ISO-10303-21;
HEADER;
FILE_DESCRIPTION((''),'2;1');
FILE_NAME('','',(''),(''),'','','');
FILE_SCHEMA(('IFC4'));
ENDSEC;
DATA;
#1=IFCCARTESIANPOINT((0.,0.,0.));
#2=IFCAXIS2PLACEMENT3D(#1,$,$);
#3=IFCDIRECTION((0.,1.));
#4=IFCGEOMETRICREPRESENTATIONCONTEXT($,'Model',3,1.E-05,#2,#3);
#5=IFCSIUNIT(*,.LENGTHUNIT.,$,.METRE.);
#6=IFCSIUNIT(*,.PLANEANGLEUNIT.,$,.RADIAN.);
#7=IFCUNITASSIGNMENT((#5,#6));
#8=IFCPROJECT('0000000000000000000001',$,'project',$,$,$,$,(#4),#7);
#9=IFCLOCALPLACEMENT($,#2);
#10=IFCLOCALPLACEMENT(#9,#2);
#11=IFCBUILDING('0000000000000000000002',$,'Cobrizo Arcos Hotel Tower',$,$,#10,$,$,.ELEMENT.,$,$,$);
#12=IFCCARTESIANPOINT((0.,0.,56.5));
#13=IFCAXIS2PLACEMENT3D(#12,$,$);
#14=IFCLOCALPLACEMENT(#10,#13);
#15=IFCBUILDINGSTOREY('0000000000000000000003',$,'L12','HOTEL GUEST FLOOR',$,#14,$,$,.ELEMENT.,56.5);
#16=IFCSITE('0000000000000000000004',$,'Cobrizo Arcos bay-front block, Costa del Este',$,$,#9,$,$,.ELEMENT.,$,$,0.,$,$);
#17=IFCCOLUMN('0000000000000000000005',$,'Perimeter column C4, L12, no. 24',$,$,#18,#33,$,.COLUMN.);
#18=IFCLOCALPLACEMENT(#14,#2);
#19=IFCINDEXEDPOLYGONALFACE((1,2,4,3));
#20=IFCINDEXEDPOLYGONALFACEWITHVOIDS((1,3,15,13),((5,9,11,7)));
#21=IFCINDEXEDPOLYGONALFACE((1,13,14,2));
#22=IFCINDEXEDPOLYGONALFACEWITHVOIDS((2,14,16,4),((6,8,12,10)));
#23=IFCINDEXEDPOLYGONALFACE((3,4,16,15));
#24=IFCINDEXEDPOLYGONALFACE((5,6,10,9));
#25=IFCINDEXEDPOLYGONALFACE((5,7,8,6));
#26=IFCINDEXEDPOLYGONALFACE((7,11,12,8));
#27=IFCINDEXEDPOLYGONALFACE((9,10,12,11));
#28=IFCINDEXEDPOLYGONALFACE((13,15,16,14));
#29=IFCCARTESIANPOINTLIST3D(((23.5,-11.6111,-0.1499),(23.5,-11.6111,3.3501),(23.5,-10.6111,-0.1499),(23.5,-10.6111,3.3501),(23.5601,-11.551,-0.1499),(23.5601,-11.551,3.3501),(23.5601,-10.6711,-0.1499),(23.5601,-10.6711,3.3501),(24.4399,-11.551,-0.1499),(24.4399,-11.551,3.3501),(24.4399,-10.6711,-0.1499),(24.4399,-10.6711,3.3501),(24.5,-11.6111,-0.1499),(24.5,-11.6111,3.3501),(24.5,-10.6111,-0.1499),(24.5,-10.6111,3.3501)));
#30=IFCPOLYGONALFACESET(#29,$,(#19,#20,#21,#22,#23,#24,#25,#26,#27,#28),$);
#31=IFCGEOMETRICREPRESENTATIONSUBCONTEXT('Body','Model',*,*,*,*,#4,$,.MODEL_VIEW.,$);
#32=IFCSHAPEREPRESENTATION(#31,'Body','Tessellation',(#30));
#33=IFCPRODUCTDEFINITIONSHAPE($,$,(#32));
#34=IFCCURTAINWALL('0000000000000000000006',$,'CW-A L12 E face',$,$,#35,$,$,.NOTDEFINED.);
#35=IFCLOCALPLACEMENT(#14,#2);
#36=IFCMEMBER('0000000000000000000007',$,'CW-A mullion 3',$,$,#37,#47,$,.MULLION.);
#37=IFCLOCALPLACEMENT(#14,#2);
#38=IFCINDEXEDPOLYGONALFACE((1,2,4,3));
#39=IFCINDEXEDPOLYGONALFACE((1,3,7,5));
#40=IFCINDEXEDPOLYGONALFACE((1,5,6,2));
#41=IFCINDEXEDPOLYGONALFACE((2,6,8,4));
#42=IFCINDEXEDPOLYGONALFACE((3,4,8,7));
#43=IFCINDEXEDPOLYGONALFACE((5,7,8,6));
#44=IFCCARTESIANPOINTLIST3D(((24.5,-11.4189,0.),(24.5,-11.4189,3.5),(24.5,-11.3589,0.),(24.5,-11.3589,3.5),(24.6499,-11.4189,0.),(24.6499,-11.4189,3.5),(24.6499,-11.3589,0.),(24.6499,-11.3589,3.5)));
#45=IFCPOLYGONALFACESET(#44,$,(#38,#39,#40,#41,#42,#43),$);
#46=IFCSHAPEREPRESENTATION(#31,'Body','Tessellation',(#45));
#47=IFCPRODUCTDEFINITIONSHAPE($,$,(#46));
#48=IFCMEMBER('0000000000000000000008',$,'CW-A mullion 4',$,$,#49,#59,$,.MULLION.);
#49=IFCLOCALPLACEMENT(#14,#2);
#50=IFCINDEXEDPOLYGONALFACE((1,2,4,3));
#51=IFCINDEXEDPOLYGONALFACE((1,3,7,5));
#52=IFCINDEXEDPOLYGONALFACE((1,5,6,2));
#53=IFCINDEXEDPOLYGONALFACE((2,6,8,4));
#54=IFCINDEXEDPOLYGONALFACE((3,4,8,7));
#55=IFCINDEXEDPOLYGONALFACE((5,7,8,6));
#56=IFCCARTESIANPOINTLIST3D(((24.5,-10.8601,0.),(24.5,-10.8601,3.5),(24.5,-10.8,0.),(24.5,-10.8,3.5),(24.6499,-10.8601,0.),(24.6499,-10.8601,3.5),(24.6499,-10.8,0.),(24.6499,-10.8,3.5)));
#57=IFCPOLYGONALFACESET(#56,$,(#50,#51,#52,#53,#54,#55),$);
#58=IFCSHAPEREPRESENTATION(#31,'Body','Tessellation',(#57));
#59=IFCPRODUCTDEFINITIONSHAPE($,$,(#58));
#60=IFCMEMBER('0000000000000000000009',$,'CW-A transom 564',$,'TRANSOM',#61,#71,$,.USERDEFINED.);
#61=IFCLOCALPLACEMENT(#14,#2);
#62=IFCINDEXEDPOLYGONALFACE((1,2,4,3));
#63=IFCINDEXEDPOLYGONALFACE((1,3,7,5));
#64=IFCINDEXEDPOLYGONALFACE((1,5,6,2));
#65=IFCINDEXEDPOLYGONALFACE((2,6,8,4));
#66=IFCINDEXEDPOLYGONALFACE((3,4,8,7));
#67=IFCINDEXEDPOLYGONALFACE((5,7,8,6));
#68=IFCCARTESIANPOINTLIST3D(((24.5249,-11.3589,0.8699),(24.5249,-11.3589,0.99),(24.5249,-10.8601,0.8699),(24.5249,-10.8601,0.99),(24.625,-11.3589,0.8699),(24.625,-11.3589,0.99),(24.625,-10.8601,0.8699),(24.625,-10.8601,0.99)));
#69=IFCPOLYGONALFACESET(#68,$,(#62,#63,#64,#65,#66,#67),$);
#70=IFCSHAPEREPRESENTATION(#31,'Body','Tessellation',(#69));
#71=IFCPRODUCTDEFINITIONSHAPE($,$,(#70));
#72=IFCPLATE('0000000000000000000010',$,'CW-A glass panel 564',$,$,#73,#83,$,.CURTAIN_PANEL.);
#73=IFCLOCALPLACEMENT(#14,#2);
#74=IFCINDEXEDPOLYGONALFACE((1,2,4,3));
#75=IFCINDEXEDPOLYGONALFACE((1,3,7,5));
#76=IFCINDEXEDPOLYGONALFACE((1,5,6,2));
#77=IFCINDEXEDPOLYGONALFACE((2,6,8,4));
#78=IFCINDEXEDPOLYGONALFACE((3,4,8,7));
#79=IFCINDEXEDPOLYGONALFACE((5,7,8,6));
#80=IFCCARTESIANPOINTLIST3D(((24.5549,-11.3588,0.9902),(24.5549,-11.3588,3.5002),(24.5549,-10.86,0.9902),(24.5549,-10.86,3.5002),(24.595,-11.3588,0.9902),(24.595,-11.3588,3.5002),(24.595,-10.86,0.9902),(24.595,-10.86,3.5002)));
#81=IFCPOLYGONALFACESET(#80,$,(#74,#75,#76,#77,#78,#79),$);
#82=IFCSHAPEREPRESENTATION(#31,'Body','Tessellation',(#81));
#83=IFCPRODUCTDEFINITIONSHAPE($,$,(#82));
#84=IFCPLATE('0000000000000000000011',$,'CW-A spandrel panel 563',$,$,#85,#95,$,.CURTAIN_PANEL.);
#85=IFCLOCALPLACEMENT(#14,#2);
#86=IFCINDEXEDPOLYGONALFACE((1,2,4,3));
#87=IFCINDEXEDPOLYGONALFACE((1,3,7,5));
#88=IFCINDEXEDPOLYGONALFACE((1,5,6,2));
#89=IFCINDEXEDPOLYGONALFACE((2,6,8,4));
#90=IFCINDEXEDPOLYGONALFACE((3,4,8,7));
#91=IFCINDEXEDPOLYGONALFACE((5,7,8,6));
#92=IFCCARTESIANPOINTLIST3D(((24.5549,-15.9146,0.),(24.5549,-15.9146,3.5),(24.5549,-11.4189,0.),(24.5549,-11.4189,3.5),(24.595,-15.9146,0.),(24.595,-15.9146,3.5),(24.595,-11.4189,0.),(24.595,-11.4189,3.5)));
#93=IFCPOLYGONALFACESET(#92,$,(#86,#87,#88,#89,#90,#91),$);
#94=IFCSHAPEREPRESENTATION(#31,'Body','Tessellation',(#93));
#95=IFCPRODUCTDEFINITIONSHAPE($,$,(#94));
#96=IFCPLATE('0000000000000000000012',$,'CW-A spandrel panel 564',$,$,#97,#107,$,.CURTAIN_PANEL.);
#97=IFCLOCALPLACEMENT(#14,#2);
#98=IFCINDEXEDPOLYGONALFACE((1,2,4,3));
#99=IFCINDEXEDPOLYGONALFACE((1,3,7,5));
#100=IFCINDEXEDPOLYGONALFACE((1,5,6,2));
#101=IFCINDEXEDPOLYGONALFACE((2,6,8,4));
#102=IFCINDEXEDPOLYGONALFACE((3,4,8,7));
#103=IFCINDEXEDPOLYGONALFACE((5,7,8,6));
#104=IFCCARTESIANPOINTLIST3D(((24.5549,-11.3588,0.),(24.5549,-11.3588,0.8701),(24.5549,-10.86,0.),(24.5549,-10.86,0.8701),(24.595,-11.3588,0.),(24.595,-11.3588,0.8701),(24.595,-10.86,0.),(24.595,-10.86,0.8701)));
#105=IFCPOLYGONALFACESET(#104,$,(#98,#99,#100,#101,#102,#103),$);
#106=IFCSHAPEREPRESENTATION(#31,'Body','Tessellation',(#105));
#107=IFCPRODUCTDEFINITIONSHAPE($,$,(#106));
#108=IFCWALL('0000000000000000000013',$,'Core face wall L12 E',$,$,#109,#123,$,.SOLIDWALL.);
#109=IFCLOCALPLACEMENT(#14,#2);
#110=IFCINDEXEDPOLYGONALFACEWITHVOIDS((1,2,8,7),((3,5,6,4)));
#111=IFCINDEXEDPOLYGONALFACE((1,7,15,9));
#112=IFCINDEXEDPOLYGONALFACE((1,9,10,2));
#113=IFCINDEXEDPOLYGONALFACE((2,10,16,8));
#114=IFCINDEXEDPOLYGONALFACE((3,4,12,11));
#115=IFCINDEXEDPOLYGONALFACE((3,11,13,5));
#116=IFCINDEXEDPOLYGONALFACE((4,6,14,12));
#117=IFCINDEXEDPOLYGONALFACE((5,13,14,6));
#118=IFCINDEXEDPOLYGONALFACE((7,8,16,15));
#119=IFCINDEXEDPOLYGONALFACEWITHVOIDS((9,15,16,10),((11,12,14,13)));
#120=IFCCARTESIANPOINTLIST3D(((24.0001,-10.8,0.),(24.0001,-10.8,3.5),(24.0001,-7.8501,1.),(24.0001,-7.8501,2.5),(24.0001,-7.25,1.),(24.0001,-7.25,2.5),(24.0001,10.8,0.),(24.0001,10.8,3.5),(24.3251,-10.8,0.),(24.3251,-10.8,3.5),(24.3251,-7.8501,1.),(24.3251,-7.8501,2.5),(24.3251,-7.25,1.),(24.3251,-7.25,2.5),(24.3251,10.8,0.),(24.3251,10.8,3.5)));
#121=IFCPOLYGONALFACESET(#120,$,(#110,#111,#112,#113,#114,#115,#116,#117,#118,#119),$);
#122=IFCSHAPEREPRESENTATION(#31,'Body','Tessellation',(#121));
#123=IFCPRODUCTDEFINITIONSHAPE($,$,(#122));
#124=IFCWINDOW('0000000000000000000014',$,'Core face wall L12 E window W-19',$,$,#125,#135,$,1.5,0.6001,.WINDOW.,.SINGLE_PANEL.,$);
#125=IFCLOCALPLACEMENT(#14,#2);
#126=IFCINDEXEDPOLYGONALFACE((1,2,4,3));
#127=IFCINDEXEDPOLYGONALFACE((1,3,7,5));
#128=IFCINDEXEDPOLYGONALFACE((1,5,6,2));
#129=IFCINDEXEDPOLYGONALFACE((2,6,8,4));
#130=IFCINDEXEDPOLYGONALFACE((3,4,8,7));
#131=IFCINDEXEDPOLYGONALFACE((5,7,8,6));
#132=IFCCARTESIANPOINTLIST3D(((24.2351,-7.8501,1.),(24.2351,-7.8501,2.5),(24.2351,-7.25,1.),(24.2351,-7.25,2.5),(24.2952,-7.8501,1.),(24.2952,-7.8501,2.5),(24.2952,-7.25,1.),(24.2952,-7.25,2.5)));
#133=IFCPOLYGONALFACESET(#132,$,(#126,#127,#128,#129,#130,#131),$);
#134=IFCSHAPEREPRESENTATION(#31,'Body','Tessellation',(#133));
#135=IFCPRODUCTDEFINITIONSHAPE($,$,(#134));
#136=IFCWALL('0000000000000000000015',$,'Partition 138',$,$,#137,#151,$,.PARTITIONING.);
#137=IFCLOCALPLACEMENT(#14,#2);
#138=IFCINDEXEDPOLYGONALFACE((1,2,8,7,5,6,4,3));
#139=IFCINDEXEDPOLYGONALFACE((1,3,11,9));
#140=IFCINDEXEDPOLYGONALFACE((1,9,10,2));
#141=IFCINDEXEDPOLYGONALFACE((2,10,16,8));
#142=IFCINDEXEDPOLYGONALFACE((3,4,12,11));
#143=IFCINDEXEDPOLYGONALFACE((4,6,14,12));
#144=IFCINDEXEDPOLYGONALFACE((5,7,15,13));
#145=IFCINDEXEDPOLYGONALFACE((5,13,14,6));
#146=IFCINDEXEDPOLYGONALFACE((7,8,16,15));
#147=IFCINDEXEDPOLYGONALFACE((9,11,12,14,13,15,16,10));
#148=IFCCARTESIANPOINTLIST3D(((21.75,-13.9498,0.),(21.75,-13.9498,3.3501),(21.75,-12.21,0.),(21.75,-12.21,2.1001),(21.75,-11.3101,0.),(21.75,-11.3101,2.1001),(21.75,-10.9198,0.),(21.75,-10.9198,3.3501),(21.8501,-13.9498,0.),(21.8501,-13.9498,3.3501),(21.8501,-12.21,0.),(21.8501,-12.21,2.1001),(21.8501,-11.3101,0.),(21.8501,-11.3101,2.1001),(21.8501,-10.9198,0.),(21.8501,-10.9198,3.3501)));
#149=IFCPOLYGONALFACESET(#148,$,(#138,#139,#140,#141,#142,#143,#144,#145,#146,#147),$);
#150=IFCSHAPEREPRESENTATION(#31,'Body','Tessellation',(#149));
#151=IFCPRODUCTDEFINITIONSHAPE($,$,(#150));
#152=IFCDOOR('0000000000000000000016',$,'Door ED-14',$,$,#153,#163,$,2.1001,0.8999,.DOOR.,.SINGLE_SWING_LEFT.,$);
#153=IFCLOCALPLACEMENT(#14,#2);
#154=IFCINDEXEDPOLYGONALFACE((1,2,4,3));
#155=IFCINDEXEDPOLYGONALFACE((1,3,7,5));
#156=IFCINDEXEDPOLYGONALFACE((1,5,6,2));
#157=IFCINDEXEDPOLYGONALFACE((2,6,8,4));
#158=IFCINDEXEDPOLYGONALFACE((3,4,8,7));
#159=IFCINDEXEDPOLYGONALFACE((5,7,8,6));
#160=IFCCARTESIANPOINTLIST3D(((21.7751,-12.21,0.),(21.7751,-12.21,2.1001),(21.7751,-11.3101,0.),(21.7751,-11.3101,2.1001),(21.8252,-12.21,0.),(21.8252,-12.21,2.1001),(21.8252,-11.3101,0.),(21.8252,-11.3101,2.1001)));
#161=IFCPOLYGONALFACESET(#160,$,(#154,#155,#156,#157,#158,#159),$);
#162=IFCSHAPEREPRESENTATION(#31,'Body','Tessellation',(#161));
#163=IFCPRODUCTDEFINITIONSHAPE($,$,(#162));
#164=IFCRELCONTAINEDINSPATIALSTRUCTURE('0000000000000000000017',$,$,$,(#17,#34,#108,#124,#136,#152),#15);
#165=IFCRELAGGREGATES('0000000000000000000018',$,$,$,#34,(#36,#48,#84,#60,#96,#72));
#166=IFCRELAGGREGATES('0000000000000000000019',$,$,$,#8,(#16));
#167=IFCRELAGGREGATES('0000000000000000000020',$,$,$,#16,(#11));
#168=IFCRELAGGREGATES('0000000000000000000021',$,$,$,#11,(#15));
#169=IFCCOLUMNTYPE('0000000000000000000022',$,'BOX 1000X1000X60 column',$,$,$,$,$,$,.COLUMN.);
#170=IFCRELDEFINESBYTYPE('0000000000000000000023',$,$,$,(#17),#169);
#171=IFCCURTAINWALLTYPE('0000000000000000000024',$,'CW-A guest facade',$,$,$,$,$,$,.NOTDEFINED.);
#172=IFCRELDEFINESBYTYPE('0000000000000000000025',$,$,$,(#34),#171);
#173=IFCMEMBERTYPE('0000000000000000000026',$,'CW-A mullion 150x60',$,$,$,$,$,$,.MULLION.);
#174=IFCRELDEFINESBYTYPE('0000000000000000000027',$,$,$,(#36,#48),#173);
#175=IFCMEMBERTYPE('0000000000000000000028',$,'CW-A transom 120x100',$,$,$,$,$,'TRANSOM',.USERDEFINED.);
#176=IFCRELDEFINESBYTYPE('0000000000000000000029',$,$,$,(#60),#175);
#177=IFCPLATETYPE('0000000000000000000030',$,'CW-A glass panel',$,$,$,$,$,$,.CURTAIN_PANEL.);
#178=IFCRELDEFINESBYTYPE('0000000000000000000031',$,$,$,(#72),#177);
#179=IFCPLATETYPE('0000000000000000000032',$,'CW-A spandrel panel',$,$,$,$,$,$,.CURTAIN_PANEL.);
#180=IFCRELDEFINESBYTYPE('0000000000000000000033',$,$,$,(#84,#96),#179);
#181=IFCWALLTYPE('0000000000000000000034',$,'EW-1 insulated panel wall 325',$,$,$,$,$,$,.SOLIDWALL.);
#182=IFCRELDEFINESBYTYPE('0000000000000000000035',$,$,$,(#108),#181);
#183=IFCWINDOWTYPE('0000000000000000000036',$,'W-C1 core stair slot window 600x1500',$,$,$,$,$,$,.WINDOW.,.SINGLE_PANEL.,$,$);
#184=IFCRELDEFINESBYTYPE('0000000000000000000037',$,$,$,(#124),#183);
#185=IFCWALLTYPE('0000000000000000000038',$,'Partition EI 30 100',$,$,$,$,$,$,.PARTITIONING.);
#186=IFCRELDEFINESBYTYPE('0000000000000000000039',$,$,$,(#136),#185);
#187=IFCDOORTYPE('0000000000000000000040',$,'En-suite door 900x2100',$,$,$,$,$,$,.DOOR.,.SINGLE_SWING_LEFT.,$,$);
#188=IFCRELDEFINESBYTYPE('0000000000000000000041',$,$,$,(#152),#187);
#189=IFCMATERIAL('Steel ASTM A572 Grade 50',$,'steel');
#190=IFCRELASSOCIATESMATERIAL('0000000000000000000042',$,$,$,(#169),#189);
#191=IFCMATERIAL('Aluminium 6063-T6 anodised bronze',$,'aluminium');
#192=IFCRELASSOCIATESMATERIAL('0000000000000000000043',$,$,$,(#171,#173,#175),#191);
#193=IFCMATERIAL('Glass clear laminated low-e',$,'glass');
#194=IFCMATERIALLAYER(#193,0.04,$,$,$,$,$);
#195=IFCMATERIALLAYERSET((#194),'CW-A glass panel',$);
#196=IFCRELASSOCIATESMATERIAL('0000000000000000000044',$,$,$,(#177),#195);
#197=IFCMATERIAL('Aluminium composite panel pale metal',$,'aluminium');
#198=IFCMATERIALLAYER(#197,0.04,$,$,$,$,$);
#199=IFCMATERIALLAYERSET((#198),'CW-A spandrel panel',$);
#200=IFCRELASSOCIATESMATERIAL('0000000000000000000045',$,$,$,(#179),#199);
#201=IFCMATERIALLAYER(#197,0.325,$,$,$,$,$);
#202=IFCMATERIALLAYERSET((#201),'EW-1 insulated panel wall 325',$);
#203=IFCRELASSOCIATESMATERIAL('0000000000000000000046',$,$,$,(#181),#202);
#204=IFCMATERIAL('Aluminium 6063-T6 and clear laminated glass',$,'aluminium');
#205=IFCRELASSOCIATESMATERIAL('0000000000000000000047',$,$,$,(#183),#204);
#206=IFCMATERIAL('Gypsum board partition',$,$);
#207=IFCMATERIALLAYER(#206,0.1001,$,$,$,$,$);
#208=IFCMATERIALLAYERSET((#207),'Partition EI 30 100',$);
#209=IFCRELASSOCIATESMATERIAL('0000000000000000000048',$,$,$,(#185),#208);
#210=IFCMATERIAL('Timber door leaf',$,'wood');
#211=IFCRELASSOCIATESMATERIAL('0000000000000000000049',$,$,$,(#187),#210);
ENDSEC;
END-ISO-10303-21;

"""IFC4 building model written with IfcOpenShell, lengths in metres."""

from ifc_helpers import new_model, si_unit, direction, frame, frame_2d, origin, origin_2d, place, context, subcontext, project, spatial, rectangle, hollow_rectangle, extrude, material, layer, layer_set, material_profile, profile_set, type_object, element, fill, aggregate, save


model = new_model("IFC4")

# Units and contexts
model_context = context("Model", 3, precision=1e-05, world=origin(), true_north=direction((0.0, 1.0)))
body_context = subcontext(model_context, "Body", "Model", "MODEL_VIEW")
ifc_project = project(units=[si_unit("LENGTHUNIT", "METRE"), si_unit("PLANEANGLEUNIT", "RADIAN")], contexts=[model_context])

# Site, building, storey
site_placement = place(None, origin())
site = spatial("IfcSite", under=ifc_project, at=site_placement, Name="Cobrizo Arcos bay-front block, Costa del Este", CompositionType="ELEMENT", RefElevation=0.0)
building_placement = place(site_placement, origin())
building = spatial("IfcBuilding", under=site, at=building_placement, Name="Cobrizo Arcos Hotel Tower", CompositionType="ELEMENT")
storey_placement = place(building_placement, frame((0.0, 0.0, 56.5)))
storey = spatial("IfcBuildingStorey", under=building, at=storey_placement, Name="L12", Description="HOTEL GUEST FLOOR", CompositionType="ELEMENT", Elevation=56.5)

# Column
ifc_material_1 = material(Name="Steel ASTM A572 Grade 50", Category="steel")
ifc_material_profile_1 = material_profile(ifc_material_1, hollow_rectangle(XDim=1.0, YDim=1.0, WallThickness=0.0601, at=origin_2d()), Name="BOX 1000X1000X60")
ifc_profile_set_1 = profile_set([ifc_material_profile_1], Name="Steel ASTM A572 Grade 50")
column_type = type_object("IfcColumnType", Name="BOX 1000X1000X60 column", PredefinedType="COLUMN", material=ifc_profile_set_1)
column_placement = place(storey_placement, frame((24.0, -11.1111, -0.1499), z_axis=(0.0, 0.0, 1.0), x_axis=(1.0, 0.0, 0.0)))
element("IfcColumn", 1, at=column_placement, inside=storey, type_object=column_type, Name="Perimeter column C4, L12, no. 24", PredefinedType="COLUMN", context=body_context, shape_type="SweptSolid", body=[
    extrude(hollow_rectangle(XDim=1.0, YDim=1.0, WallThickness=0.0601, at=origin_2d()), origin(), (0.0, 0.0, 1.0), 3.5),
])

# Curtain wall, members, plates
ifc_material_2 = material(Name="Aluminium 6063-T6 anodised bronze", Category="aluminium")
curtain_wall_type = type_object("IfcCurtainWallType", Name="CW-A guest facade", PredefinedType="NOTDEFINED", material=ifc_material_2)
curtain_wall_placement = place(storey_placement, origin())
curtain_wall = element("IfcCurtainWall", 2, at=curtain_wall_placement, inside=storey, type_object=curtain_wall_type, Name="CW-A L12 E face", PredefinedType="NOTDEFINED")
ifc_material_profile_2 = material_profile(ifc_material_2, rectangle(XDim=0.1499, YDim=0.0601, at=origin_2d()), Name="CW-A mullion 150x60")
ifc_profile_set_2 = profile_set([ifc_material_profile_2], Name="Aluminium 6063-T6 anodised bronze")
member_type_1 = type_object("IfcMemberType", Name="CW-A mullion 150x60", PredefinedType="MULLION", material=ifc_profile_set_2)
member_1_placement = place(storey_placement, frame((24.575, -11.3889, 0.0), z_axis=(0.0, 0.0, 1.0), x_axis=(1.0, 0.0, 0.0)))
member_1 = element("IfcMember", 3, at=member_1_placement, type_object=member_type_1, Name="CW-A mullion 3", PredefinedType="MULLION", context=body_context, shape_type="SweptSolid", body=[
    extrude(rectangle(XDim=0.1499, YDim=0.0601, at=origin_2d()), origin(), (0.0, 0.0, 1.0), 3.5),
])
member_2_placement = place(storey_placement, frame((24.575, -10.8301, 0.0), z_axis=(0.0, 0.0, 1.0), x_axis=(1.0, 0.0, 0.0)))
member_2 = element("IfcMember", 4, at=member_2_placement, type_object=member_type_1, Name="CW-A mullion 4", PredefinedType="MULLION", context=body_context, shape_type="SweptSolid", body=[
    extrude(rectangle(XDim=0.1499, YDim=0.0601, at=origin_2d()), origin(), (0.0, 0.0, 1.0), 3.5),
])
ifc_material_profile_3 = material_profile(ifc_material_2, rectangle(XDim=0.1001, YDim=0.1201, at=origin_2d()), Name="CW-A transom 120x100")
ifc_profile_set_3 = profile_set([ifc_material_profile_3], Name="Aluminium 6063-T6 anodised bronze")
member_type_2 = type_object("IfcMemberType", Name="CW-A transom 120x100", ElementType="TRANSOM", PredefinedType="USERDEFINED", material=ifc_profile_set_3)
member_3_placement = place(storey_placement, frame((24.575, -11.3589, 0.9299), z_axis=(0.0, 1.0, 0.0), x_axis=(-1.0, 0.0, 0.0)))
member_3 = element("IfcMember", 5, at=member_3_placement, type_object=member_type_2, Name="CW-A transom 564", ObjectType="TRANSOM", PredefinedType="USERDEFINED", context=body_context, shape_type="SweptSolid", body=[
    extrude(rectangle(XDim=0.1001, YDim=0.1201, at=origin_2d()), origin(), (0.0, 0.0, 1.0), 0.4988),
])
ifc_material_3 = material(Name="Glass clear laminated low-e", Category="glass")
ifc_layer_1 = layer(ifc_material_3, 0.04)
ifc_layer_set_1 = layer_set([ifc_layer_1], Name="CW-A glass panel")
plate_type_1 = type_object("IfcPlateType", Name="CW-A glass panel", PredefinedType="CURTAIN_PANEL", material=ifc_layer_set_1)
plate_1_placement = place(storey_placement, frame((24.575, -11.1094, 0.9902), z_axis=(0.0, 0.0, 1.0), x_axis=(0.0, 1.0, 0.0)))
plate_1 = element("IfcPlate", 6, at=plate_1_placement, type_object=plate_type_1, Name="CW-A glass panel 564", PredefinedType="CURTAIN_PANEL", context=body_context, shape_type="SweptSolid", body=[
    extrude(rectangle(XDim=0.4988, YDim=0.04, at=origin_2d()), origin(), (0.0, 0.0, 1.0), 2.51),
])
ifc_material_4 = material(Name="Aluminium composite panel pale metal", Category="aluminium")
ifc_layer_2 = layer(ifc_material_4, 0.04)
ifc_layer_set_2 = layer_set([ifc_layer_2], Name="CW-A spandrel panel")
plate_type_2 = type_object("IfcPlateType", Name="CW-A spandrel panel", PredefinedType="CURTAIN_PANEL", material=ifc_layer_set_2)
plate_2_placement = place(storey_placement, frame((24.575, -13.6667, 0.0), z_axis=(0.0, 0.0, 1.0), x_axis=(0.0, 1.0, 0.0)))
plate_2 = element("IfcPlate", 7, at=plate_2_placement, type_object=plate_type_2, Name="CW-A spandrel panel 563", PredefinedType="CURTAIN_PANEL", context=body_context, shape_type="SweptSolid", body=[
    extrude(rectangle(XDim=4.4956, YDim=0.04, at=origin_2d()), origin(), (0.0, 0.0, 1.0), 3.5),
])
plate_3_placement = place(storey_placement, frame((24.575, -11.1094, 0.0), z_axis=(0.0, 0.0, 1.0), x_axis=(0.0, 1.0, 0.0)))
plate_3 = element("IfcPlate", 8, at=plate_3_placement, type_object=plate_type_2, Name="CW-A spandrel panel 564", PredefinedType="CURTAIN_PANEL", context=body_context, shape_type="SweptSolid", body=[
    extrude(rectangle(XDim=0.4988, YDim=0.04, at=origin_2d()), origin(), (0.0, 0.0, 1.0), 0.8701),
])
aggregate(curtain_wall, [member_1, member_2, plate_2, member_3, plate_3, plate_1])

# Wall, opening, window
ifc_layer_3 = layer(ifc_material_4, 0.325)
ifc_layer_set_3 = layer_set([ifc_layer_3], Name="EW-1 insulated panel wall 325")
wall_type_1 = type_object("IfcWallType", Name="EW-1 insulated panel wall 325", PredefinedType="SOLIDWALL", material=ifc_layer_set_3)
wall_1_placement = place(storey_placement, frame((24.1626, -10.8, 0.0), z_axis=(0.0, 0.0, 1.0), x_axis=(0.0, 1.0, 0.0)))
wall_1 = element("IfcWall", 9, at=wall_1_placement, inside=storey, type_object=wall_type_1, Name="Core face wall L12 E", PredefinedType="SOLIDWALL", context=body_context, shape_type="SweptSolid", body=[
    extrude(rectangle(XDim=21.6001, YDim=0.325, at=frame_2d((10.8, 0.0))), origin(), (0.0, 0.0, 1.0), 3.5),
])
opening_1_placement = place(wall_1_placement, frame((2.95, 0.0, 1.0)))
opening_1 = element("IfcOpeningElement", 10, at=opening_1_placement, cuts=wall_1, PredefinedType="OPENING", context=body_context, shape_type="SweptSolid", body=[
    extrude(rectangle(XDim=0.6001, YDim=1.5, at=frame_2d((0.3, 0.75))), frame((0.0, 0.1746, 0.0), z_axis=(0.0, -1.0, 0.0), x_axis=(1.0, 0.0, 0.0)), (0.0, 0.0, 1.0), 0.3489),
])
ifc_material_5 = material(Name="Aluminium 6063-T6 and clear laminated glass", Category="aluminium")
window_type = type_object("IfcWindowType", Name="W-C1 core stair slot window 600x1500", PartitioningType="SINGLE_PANEL", PredefinedType="WINDOW", material=ifc_material_5)
window_placement = place(opening_1_placement, origin())
window = element("IfcWindow", 11, at=window_placement, inside=storey, type_object=window_type, Name="Core face wall L12 E window W-19", OverallHeight=1.5, OverallWidth=0.6001, PartitioningType="SINGLE_PANEL", PredefinedType="WINDOW", context=body_context, shape_type="SweptSolid", body=[
    extrude(rectangle(XDim=0.6001, YDim=1.5, at=frame_2d((0.3, 0.75))), frame((0.0, -0.0725, 0.0), z_axis=(0.0, -1.0, 0.0), x_axis=(1.0, 0.0, 0.0)), (0.0, 0.0, 1.0), 0.0601),
])
fill(opening_1, window)

# Wall, opening, door
ifc_material_6 = material(Name="Gypsum board partition")
ifc_layer_4 = layer(ifc_material_6, 0.1001)
ifc_layer_set_4 = layer_set([ifc_layer_4], Name="Partition EI 30 100")
wall_type_2 = type_object("IfcWallType", Name="Partition EI 30 100", PredefinedType="PARTITIONING", material=ifc_layer_set_4)
wall_2_placement = place(storey_placement, frame((21.8, -13.95, 0.0), z_axis=(0.0, 0.0, 1.0), x_axis=(0.0, 1.0, 0.0)))
wall_2 = element("IfcWall", 12, at=wall_2_placement, inside=storey, type_object=wall_type_2, Name="Partition 138", PredefinedType="PARTITIONING", context=body_context, shape_type="SweptSolid", body=[
    extrude(rectangle(XDim=3.03, YDim=0.1001, at=frame_2d((1.5151, 0.0))), origin(), (0.0, 0.0, 1.0), 3.3501),
])
opening_2_placement = place(wall_2_placement, frame((1.74, 0.0, 0.0)))
opening_2 = element("IfcOpeningElement", 13, at=opening_2_placement, cuts=wall_2, PredefinedType="OPENING", context=body_context, shape_type="SweptSolid", body=[
    extrude(rectangle(XDim=0.8999, YDim=2.1001, at=frame_2d((0.45, 1.05))), frame((0.0, 0.062, 0.0), z_axis=(0.0, -1.0, 0.0), x_axis=(1.0, 0.0, 0.0)), (0.0, 0.0, 1.0), 0.124),
])
ifc_material_7 = material(Name="Timber door leaf", Category="wood")
door_type_1 = type_object("IfcDoorType", Name="En-suite door 900x2100", OperationType="SINGLE_SWING_LEFT", PredefinedType="DOOR", material=ifc_material_7)
door_1_placement = place(opening_2_placement, origin())
door_1 = element("IfcDoor", 14, at=door_1_placement, inside=storey, type_object=door_type_1, Name="Door ED-14", OperationType="SINGLE_SWING_LEFT", OverallHeight=2.1001, OverallWidth=0.8999, PredefinedType="DOOR", context=body_context, shape_type="SweptSolid", body=[
    extrude(rectangle(XDim=0.8999, YDim=2.1001, at=frame_2d((0.45, 1.05))), frame((0.0, 0.0249, 0.0), z_axis=(0.0, -1.0, 0.0), x_axis=(1.0, 0.0, 0.0)), (0.0, 0.0, 1.0), 0.05),
])
fill(opening_2, door_1)

save(model, "model.ifc")
